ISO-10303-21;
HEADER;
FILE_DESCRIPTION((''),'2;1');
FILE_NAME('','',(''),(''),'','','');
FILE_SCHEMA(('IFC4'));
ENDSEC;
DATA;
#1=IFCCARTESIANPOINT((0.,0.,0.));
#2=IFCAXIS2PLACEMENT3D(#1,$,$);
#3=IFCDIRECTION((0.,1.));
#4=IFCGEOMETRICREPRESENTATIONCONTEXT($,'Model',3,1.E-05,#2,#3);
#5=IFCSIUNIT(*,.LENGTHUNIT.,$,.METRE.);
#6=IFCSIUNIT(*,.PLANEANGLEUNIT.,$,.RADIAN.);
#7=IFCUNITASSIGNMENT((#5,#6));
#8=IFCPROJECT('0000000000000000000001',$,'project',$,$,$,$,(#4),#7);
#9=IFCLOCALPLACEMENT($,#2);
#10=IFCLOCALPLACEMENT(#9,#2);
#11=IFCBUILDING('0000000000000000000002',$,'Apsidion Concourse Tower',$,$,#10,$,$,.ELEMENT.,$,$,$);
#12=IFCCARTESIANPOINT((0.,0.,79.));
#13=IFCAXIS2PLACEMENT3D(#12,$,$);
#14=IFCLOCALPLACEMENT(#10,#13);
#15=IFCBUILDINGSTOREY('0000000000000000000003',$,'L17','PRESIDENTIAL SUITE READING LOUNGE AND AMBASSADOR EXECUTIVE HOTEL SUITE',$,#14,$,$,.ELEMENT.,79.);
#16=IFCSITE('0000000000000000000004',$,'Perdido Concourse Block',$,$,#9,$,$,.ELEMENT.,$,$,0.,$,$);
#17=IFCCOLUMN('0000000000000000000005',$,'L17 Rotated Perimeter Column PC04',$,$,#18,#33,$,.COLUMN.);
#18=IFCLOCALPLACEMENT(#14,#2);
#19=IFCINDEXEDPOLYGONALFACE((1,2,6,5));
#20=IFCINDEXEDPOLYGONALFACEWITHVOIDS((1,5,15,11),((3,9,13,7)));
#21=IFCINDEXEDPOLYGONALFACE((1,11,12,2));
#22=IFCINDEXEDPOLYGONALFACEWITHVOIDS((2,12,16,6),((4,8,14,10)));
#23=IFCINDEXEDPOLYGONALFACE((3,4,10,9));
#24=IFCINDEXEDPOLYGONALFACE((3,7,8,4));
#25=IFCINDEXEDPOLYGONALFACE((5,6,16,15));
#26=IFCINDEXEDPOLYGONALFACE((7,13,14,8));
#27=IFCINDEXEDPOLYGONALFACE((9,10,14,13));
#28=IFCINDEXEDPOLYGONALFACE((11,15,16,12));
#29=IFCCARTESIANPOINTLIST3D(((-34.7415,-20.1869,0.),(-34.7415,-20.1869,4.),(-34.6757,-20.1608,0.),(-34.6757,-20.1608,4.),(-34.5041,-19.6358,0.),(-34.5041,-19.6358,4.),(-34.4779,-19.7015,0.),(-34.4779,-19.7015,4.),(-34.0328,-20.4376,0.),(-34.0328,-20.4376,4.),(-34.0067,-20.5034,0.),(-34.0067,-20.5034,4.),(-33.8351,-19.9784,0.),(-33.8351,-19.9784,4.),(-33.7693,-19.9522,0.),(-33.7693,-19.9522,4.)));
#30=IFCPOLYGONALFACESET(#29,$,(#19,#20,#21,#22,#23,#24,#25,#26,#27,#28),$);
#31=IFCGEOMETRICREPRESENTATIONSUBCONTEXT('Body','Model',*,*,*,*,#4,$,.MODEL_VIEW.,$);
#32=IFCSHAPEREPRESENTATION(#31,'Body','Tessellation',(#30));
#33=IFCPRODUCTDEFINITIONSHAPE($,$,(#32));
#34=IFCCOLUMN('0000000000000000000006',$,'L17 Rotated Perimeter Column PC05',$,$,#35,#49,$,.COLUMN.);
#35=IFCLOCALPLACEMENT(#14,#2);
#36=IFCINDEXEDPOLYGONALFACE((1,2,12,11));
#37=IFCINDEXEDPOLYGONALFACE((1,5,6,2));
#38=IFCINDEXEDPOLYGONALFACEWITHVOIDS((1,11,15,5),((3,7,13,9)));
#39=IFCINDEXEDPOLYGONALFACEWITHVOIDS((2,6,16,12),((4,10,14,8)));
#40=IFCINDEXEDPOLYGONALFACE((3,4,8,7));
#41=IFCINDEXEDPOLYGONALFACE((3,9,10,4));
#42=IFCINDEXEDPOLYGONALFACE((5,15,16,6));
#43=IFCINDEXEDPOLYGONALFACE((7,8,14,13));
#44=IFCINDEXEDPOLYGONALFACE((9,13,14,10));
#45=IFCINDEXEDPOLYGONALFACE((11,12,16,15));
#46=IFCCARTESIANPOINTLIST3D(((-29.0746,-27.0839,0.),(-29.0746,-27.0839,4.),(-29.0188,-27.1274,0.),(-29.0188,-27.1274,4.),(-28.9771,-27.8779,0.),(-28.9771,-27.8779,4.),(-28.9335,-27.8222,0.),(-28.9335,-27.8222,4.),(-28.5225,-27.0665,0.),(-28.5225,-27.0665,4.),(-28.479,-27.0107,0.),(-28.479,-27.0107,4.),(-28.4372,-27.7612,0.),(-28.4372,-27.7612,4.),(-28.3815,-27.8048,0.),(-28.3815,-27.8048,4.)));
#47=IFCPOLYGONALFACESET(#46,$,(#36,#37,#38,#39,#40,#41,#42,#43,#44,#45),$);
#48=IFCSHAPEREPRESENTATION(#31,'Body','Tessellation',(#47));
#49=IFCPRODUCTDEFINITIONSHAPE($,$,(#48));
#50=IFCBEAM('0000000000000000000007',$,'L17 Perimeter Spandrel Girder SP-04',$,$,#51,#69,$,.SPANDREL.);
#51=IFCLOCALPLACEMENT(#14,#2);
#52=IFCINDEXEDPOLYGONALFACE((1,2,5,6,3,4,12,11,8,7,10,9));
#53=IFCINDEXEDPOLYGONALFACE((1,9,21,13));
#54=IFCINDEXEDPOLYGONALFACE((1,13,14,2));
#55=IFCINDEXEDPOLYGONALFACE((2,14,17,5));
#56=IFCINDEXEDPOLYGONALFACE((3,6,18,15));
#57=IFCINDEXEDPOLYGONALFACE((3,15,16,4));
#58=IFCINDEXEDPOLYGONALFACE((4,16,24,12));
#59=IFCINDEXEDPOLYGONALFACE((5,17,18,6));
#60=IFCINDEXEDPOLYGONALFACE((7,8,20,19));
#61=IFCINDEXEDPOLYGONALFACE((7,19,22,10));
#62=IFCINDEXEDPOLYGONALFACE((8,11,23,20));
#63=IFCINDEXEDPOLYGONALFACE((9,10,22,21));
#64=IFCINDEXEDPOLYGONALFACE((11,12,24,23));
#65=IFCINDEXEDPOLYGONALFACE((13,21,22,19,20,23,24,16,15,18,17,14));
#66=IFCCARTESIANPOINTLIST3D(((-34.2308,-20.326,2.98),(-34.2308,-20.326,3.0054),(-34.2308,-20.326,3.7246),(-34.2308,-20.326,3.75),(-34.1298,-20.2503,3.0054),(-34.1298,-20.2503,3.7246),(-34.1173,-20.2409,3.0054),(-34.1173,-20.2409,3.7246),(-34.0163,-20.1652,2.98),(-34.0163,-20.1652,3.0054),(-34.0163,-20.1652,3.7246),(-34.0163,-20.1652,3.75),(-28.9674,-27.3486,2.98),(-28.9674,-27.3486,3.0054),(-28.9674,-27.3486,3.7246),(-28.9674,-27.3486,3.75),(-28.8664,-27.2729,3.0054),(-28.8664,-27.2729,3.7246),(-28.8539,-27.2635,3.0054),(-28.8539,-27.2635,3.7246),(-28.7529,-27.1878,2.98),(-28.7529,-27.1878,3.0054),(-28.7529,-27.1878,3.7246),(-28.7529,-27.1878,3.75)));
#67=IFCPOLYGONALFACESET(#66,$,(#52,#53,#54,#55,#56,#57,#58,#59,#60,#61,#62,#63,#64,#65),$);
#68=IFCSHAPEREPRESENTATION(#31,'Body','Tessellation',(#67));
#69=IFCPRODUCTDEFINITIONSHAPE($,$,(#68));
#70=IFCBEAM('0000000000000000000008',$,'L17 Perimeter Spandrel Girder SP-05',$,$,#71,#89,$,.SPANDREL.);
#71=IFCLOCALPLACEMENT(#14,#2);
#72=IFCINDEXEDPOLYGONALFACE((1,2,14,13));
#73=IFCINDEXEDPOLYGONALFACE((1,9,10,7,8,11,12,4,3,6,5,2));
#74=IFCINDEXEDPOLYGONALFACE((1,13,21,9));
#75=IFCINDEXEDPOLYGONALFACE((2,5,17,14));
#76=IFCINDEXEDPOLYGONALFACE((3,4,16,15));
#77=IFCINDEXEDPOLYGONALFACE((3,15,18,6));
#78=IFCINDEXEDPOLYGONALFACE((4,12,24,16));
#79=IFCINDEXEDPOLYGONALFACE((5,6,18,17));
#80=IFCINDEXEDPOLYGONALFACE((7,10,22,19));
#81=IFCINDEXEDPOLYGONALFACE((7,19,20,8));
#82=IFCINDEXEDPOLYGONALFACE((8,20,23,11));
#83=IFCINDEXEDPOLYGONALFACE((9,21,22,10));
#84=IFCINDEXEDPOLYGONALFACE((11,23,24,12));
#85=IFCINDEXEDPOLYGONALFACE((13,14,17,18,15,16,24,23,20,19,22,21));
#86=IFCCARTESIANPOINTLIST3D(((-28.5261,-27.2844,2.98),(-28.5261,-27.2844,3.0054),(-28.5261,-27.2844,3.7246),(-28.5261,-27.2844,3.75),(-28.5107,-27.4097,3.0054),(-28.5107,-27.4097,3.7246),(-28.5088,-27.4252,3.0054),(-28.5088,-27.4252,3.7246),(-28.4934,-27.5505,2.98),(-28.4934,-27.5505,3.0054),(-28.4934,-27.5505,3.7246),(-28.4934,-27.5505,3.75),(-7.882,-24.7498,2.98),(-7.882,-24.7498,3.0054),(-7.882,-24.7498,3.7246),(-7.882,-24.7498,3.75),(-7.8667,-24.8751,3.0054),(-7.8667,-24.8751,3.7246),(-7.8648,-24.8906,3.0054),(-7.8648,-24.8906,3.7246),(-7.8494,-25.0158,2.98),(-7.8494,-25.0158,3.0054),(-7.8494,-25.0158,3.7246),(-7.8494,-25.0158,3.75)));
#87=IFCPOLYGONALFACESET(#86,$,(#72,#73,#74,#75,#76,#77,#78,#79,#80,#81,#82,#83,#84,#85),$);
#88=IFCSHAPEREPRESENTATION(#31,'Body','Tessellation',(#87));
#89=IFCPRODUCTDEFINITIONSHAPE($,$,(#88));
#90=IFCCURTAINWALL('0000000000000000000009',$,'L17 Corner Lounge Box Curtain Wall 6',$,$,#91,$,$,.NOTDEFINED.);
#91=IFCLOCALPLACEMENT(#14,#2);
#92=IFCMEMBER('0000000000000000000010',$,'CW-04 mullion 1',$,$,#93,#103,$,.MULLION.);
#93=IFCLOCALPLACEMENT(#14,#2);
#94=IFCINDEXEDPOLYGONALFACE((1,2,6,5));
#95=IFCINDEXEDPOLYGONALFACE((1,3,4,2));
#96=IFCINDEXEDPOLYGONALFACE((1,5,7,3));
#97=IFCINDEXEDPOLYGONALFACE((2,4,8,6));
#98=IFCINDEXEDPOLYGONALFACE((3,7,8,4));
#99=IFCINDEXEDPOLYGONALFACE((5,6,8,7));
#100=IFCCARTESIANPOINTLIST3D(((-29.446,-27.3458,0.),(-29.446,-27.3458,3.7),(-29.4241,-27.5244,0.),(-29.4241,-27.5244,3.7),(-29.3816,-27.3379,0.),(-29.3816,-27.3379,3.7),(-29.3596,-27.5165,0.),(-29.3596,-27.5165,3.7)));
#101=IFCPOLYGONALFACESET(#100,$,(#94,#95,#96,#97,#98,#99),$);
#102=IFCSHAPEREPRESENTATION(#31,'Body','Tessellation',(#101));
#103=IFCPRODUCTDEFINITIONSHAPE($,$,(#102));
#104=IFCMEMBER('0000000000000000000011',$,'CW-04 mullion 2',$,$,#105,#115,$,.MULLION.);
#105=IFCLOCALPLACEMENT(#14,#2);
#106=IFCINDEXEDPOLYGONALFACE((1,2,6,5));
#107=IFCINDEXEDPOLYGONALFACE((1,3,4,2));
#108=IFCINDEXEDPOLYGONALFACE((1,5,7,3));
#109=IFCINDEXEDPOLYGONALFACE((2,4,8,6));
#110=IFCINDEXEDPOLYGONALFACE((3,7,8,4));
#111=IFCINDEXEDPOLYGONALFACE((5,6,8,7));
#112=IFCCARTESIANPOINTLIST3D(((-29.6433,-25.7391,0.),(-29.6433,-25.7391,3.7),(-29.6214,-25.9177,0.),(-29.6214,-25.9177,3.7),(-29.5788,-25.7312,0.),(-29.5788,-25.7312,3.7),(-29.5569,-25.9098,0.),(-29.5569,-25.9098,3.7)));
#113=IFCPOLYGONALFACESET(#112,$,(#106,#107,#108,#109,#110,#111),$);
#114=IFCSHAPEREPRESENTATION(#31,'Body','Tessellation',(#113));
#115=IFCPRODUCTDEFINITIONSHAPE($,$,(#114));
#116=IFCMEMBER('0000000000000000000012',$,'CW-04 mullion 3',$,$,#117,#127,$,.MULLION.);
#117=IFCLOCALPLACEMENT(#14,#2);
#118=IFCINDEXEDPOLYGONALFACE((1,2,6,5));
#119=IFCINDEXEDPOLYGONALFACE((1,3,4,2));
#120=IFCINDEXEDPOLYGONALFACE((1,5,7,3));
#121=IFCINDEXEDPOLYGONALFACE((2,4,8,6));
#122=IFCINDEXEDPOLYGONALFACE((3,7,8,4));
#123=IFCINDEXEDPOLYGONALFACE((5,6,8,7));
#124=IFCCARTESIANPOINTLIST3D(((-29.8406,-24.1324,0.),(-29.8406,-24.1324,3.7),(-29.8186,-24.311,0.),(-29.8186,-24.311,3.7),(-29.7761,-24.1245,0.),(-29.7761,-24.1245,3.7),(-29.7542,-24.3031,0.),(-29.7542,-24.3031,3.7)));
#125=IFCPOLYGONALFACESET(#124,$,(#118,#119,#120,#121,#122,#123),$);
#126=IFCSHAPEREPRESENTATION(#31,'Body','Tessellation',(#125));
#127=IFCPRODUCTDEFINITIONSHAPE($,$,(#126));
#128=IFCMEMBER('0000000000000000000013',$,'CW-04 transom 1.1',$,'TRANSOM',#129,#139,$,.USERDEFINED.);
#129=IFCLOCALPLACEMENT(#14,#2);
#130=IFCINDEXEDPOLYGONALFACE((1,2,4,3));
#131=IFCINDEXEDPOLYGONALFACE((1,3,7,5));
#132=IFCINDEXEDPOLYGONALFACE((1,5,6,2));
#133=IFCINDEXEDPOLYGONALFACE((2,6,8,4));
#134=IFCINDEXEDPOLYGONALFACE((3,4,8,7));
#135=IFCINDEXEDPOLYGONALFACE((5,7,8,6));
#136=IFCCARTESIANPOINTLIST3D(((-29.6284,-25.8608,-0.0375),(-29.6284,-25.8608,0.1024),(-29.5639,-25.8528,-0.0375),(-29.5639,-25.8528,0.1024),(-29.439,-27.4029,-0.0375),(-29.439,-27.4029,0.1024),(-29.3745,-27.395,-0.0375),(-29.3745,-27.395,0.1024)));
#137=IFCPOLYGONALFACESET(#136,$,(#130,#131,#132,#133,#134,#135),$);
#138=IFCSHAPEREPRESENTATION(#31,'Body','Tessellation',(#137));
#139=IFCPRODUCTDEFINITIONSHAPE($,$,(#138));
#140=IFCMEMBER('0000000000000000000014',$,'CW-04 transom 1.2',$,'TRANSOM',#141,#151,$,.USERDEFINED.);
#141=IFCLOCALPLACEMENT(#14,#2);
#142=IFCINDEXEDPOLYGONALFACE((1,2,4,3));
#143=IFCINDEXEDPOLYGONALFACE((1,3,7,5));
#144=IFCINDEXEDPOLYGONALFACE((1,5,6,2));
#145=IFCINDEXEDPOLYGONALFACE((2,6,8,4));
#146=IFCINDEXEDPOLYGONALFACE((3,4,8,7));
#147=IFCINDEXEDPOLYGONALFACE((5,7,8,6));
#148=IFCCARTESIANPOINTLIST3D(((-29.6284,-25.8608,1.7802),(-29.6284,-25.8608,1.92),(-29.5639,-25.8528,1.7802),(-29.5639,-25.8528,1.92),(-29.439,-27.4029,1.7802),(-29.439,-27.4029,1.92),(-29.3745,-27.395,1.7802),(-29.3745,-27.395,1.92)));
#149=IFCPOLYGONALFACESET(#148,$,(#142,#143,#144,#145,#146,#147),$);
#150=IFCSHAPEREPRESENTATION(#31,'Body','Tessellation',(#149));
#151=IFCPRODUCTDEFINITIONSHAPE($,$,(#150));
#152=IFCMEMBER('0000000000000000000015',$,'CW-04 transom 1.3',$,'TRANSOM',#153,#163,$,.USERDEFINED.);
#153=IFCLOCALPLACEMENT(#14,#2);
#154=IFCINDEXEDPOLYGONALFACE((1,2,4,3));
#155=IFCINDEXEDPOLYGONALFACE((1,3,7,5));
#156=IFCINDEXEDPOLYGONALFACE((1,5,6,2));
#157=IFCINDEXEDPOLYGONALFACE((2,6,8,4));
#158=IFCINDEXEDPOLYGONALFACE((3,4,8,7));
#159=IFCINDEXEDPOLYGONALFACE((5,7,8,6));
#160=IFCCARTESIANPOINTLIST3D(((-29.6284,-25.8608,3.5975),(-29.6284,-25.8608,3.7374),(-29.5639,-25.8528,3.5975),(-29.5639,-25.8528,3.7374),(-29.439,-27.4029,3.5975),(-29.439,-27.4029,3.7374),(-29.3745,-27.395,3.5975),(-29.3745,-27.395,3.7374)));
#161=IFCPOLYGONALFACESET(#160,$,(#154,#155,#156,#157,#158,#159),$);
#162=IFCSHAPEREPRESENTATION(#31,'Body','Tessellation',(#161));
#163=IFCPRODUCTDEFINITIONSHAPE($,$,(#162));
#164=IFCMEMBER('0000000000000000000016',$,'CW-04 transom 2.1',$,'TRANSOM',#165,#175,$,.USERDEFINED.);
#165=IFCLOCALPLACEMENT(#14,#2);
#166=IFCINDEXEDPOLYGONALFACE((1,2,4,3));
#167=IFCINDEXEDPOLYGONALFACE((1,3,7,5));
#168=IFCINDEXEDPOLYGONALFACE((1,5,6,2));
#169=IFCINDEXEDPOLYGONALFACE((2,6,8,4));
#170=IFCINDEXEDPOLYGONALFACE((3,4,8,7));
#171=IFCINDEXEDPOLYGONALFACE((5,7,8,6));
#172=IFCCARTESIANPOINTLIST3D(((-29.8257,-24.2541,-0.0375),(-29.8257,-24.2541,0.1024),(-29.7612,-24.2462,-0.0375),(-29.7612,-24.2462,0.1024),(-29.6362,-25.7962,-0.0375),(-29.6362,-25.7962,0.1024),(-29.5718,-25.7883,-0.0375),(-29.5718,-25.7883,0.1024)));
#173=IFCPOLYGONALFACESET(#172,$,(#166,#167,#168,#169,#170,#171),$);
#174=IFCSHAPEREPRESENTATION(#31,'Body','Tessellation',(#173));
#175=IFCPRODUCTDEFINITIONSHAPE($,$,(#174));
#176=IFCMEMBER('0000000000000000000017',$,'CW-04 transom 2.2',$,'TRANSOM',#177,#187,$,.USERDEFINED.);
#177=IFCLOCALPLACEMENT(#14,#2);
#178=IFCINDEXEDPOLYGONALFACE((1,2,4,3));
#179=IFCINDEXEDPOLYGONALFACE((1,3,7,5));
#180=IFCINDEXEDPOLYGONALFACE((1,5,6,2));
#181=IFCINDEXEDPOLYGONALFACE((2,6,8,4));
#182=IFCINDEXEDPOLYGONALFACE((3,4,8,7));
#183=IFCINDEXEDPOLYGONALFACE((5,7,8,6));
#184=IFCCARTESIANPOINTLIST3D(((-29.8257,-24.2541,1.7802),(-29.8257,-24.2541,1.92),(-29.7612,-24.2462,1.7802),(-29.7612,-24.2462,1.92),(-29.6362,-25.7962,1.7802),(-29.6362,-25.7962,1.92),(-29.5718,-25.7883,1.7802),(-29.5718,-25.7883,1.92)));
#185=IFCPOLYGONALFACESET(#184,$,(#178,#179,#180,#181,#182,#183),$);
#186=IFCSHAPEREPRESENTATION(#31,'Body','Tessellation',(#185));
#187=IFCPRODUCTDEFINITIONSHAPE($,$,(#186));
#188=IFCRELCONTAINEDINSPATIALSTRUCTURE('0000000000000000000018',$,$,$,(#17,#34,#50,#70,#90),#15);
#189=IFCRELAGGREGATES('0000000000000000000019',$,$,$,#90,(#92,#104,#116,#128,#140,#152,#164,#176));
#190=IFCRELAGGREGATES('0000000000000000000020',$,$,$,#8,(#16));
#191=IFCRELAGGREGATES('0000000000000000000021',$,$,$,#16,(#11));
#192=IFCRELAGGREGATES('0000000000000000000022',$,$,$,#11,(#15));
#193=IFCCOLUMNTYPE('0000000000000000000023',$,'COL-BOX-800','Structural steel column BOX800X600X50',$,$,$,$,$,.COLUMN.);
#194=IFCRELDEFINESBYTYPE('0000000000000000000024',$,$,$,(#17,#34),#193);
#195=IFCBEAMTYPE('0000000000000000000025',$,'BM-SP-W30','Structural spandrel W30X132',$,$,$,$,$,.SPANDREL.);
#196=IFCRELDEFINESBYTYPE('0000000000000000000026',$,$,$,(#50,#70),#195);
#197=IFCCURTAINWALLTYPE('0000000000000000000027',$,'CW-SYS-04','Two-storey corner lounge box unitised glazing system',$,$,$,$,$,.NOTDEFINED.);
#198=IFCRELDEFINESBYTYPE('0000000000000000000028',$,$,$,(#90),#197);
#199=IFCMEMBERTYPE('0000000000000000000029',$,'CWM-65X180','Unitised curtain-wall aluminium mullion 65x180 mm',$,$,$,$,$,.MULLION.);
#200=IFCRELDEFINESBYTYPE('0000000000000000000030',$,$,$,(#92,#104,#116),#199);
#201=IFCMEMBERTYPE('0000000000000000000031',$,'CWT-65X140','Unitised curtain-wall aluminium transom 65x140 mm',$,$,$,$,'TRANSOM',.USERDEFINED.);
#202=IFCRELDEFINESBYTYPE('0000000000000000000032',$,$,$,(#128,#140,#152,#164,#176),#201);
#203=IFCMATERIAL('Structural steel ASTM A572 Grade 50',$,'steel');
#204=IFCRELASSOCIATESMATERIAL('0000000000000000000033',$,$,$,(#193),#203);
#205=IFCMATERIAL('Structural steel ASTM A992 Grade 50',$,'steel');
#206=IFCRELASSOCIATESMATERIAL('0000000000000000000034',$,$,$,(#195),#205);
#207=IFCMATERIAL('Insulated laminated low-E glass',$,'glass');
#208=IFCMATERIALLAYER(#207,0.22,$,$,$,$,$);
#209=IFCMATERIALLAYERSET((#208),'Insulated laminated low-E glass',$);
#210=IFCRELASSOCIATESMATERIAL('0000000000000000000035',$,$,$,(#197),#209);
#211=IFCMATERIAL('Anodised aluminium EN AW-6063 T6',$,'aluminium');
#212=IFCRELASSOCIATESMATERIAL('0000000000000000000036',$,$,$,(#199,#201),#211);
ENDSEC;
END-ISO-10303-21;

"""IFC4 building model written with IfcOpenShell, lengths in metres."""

from ifc_helpers import new_model, si_unit, direction, frame, origin, origin_2d, place, context, subcontext, project, spatial, rectangle, hollow_rectangle, i_section, extrude, material, layer, layer_set, material_profile, profile_set, type_object, element, aggregate, save


model = new_model("IFC4")

# Units and contexts
model_context = context("Model", 3, precision=1e-05, world=origin(), true_north=direction((0.0, 1.0)))
body_context = subcontext(model_context, "Body", "Model", "MODEL_VIEW")
ifc_project = project(units=[si_unit("LENGTHUNIT", "METRE"), si_unit("PLANEANGLEUNIT", "RADIAN")], contexts=[model_context])

# Site, building, storey
site_placement = place(None, origin())
site = spatial("IfcSite", under=ifc_project, at=site_placement, Name="Perdido Concourse Block", CompositionType="ELEMENT", RefElevation=0.0)
building_placement = place(site_placement, origin())
building = spatial("IfcBuilding", under=site, at=building_placement, Name="Apsidion Concourse Tower", CompositionType="ELEMENT")
storey_placement = place(building_placement, frame((0.0, 0.0, 79.0)))
storey = spatial("IfcBuildingStorey", under=building, at=storey_placement, Name="L17", Description="PRESIDENTIAL SUITE READING LOUNGE AND AMBASSADOR EXECUTIVE HOTEL SUITE", CompositionType="ELEMENT", Elevation=79.0)

# Columns
ifc_material_1 = material(Name="Structural steel ASTM A572 Grade 50", Category="steel")
ifc_material_profile_1 = material_profile(ifc_material_1, hollow_rectangle(XDim=0.6001, YDim=0.8, WallThickness=0.05, at=origin_2d()), Name="BOX800X600X50")
ifc_profile_set_1 = profile_set([ifc_material_profile_1], Name="Structural steel ASTM A572 Grade 50")
column_type = type_object("IfcColumnType", Name="COL-BOX-800", Description="Structural steel column BOX800X600X50", PredefinedType="COLUMN", material=ifc_profile_set_1)
for number, where, z_axis, x_axis, name in (
    (1, (-34.2554, -20.0696, 0.0), (0.0, 0.0, 1.0), (0.395546, 0.918446, 0.0), "L17 Rotated Perimeter Column PC04"),
    (2, (-28.728, -27.4443, 0.0), (0.0, 0.0, 1.0), (0.992546, 0.121869, 0.0), "L17 Rotated Perimeter Column PC05"),
):
    element("IfcColumn", number, at=place(storey_placement, frame(where, z_axis=z_axis, x_axis=x_axis)), inside=storey, type_object=column_type, Name=name, PredefinedType="COLUMN", context=body_context, shape_type="SweptSolid", body=[
        extrude(hollow_rectangle(XDim=0.6001, YDim=0.8, WallThickness=0.05, at=origin_2d()), origin(), (0.0, 0.0, 1.0), 4.0),
    ])

# Beams
ifc_material_2 = material(Name="Structural steel ASTM A992 Grade 50", Category="steel")
ifc_material_profile_2 = material_profile(ifc_material_2, i_section(OverallWidth=0.2681, OverallDepth=0.77, WebThickness=0.0156, FlangeThickness=0.0254, at=origin_2d()), Name="W30X132")
ifc_profile_set_2 = profile_set([ifc_material_profile_2], Name="Structural steel ASTM A992 Grade 50")
beam_type = type_object("IfcBeamType", Name="BM-SP-W30", Description="Structural spandrel W30X132", PredefinedType="SPANDREL", material=ifc_profile_set_2)
beam_1_placement = place(storey_placement, frame((-34.1235, -20.2456, 3.365), z_axis=(0.599737, -0.800197, 0.0), x_axis=(0.800197, 0.599737, 0.0)))
element("IfcBeam", 3, at=beam_1_placement, inside=storey, type_object=beam_type, Name="L17 Perimeter Spandrel Girder SP-04", PredefinedType="SPANDREL", context=body_context, shape_type="SweptSolid", body=[
    extrude(i_section(OverallWidth=0.2681, OverallDepth=0.77, WebThickness=0.0156, FlangeThickness=0.0254, at=origin_2d()), origin(), (0.0, 0.0, 1.0), 8.7761),
])
beam_2_placement = place(storey_placement, frame((-28.5098, -27.4175, 3.365), z_axis=(0.992547, 0.121865, 0.0), x_axis=(-0.121865, 0.992547, 0.0)))
element("IfcBeam", 4, at=beam_2_placement, inside=storey, type_object=beam_type, Name="L17 Perimeter Spandrel Girder SP-05", PredefinedType="SPANDREL", context=body_context, shape_type="SweptSolid", body=[
    extrude(i_section(OverallWidth=0.2681, OverallDepth=0.77, WebThickness=0.0156, FlangeThickness=0.0254, at=origin_2d()), origin(), (0.0, 0.0, 1.0), 20.7991),
])

# Curtain wall, members
ifc_material_3 = material(Name="Insulated laminated low-E glass", Category="glass")
ifc_layer_1 = layer(ifc_material_3, 0.22)
ifc_layer_set_1 = layer_set([ifc_layer_1], Name="Insulated laminated low-E glass")
curtain_wall_type = type_object("IfcCurtainWallType", Name="CW-SYS-04", Description="Two-storey corner lounge box unitised glazing system", PredefinedType="NOTDEFINED", material=ifc_layer_set_1)
curtain_wall_placement = place(storey_placement, origin())
curtain_wall = element("IfcCurtainWall", 5, at=curtain_wall_placement, inside=storey, type_object=curtain_wall_type, Name="L17 Corner Lounge Box Curtain Wall 6", PredefinedType="NOTDEFINED")
ifc_material_4 = material(Name="Anodised aluminium EN AW-6063 T6", Category="aluminium")
ifc_material_profile_3 = material_profile(ifc_material_4, rectangle(XDim=0.0649, YDim=0.1799, at=origin_2d()), Name="ALU MULLION 65x180")
ifc_profile_set_3 = profile_set([ifc_material_profile_3], Name="Anodised aluminium EN AW-6063 T6")
member_type_1 = type_object("IfcMemberType", Name="CWM-65X180", Description="Unitised curtain-wall aluminium mullion 65x180 mm", PredefinedType="MULLION", material=ifc_profile_set_3)
member_1_placement = place(storey_placement, frame((-29.4028, -27.4312, 0.0), z_axis=(0.0, 0.0, 1.0), x_axis=(-0.992545, -0.12188, 0.0)))
member_1 = element("IfcMember", 6, at=member_1_placement, type_object=member_type_1, Name="CW-04 mullion 1", PredefinedType="MULLION", context=body_context, shape_type="SweptSolid", body=[
    extrude(rectangle(XDim=0.0649, YDim=0.1799, at=origin_2d()), origin(), (0.0, 0.0, 1.0), 3.7),
])
member_2_placement = place(storey_placement, frame((-29.6001, -25.8245, 0.0), z_axis=(0.0, 0.0, 1.0), x_axis=(-0.992545, -0.12188, 0.0)))
member_2 = element("IfcMember", 7, at=member_2_placement, type_object=member_type_1, Name="CW-04 mullion 2", PredefinedType="MULLION", context=body_context, shape_type="SweptSolid", body=[
    extrude(rectangle(XDim=0.0649, YDim=0.1799, at=origin_2d()), origin(), (0.0, 0.0, 1.0), 3.7),
])
member_3_placement = place(storey_placement, frame((-29.7974, -24.2178, 0.0), z_axis=(0.0, 0.0, 1.0), x_axis=(-0.992545, -0.12188, 0.0)))
member_3 = element("IfcMember", 8, at=member_3_placement, type_object=member_type_1, Name="CW-04 mullion 3", PredefinedType="MULLION", context=body_context, shape_type="SweptSolid", body=[
    extrude(rectangle(XDim=0.0649, YDim=0.1799, at=origin_2d()), origin(), (0.0, 0.0, 1.0), 3.7),
])
ifc_material_profile_4 = material_profile(ifc_material_4, rectangle(XDim=0.0649, YDim=0.1399, at=origin_2d()), Name="ALU TRANSOM 65x140")
ifc_profile_set_4 = profile_set([ifc_material_profile_4], Name="Anodised aluminium EN AW-6063 T6")
member_type_2 = type_object("IfcMemberType", Name="CWT-65X140", Description="Unitised curtain-wall aluminium transom 65x140 mm", ElementType="TRANSOM", PredefinedType="USERDEFINED", material=ifc_profile_set_4)
member_4_placement = place(storey_placement, frame((-29.4067, -27.3989, 0.0325), z_axis=(-0.121927, 0.992539, 0.0), x_axis=(-0.992539, -0.121927, 0.0)))
member_4 = element("IfcMember", 9, at=member_4_placement, type_object=member_type_2, Name="CW-04 transom 1.1", ObjectType="TRANSOM", PredefinedType="USERDEFINED", context=body_context, shape_type="SweptSolid", body=[
    extrude(rectangle(XDim=0.0649, YDim=0.1399, at=origin_2d()), origin(), (0.0, 0.0, 1.0), 1.5537),
])
member_5_placement = place(storey_placement, frame((-29.4067, -27.3989, 1.8501), z_axis=(-0.121927, 0.992539, 0.0), x_axis=(-0.992539, -0.121927, 0.0)))
member_5 = element("IfcMember", 10, at=member_5_placement, type_object=member_type_2, Name="CW-04 transom 1.2", ObjectType="TRANSOM", PredefinedType="USERDEFINED", context=body_context, shape_type="SweptSolid", body=[
    extrude(rectangle(XDim=0.0649, YDim=0.1399, at=origin_2d()), origin(), (0.0, 0.0, 1.0), 1.5537),
])
member_6_placement = place(storey_placement, frame((-29.4067, -27.3989, 3.6675), z_axis=(-0.121927, 0.992539, 0.0), x_axis=(-0.992539, -0.121927, 0.0)))
member_6 = element("IfcMember", 11, at=member_6_placement, type_object=member_type_2, Name="CW-04 transom 1.3", ObjectType="TRANSOM", PredefinedType="USERDEFINED", context=body_context, shape_type="SweptSolid", body=[
    extrude(rectangle(XDim=0.0649, YDim=0.1399, at=origin_2d()), origin(), (0.0, 0.0, 1.0), 1.5537),
])
member_7_placement = place(storey_placement, frame((-29.604, -25.7922, 0.0325), z_axis=(-0.121927, 0.992539, 0.0), x_axis=(-0.992539, -0.121927, 0.0)))
member_7 = element("IfcMember", 12, at=member_7_placement, type_object=member_type_2, Name="CW-04 transom 2.1", ObjectType="TRANSOM", PredefinedType="USERDEFINED", context=body_context, shape_type="SweptSolid", body=[
    extrude(rectangle(XDim=0.0649, YDim=0.1399, at=origin_2d()), origin(), (0.0, 0.0, 1.0), 1.5537),
])
member_8_placement = place(storey_placement, frame((-29.604, -25.7922, 1.8501), z_axis=(-0.121927, 0.992539, 0.0), x_axis=(-0.992539, -0.121927, 0.0)))
member_8 = element("IfcMember", 13, at=member_8_placement, type_object=member_type_2, Name="CW-04 transom 2.2", ObjectType="TRANSOM", PredefinedType="USERDEFINED", context=body_context, shape_type="SweptSolid", body=[
    extrude(rectangle(XDim=0.0649, YDim=0.1399, at=origin_2d()), origin(), (0.0, 0.0, 1.0), 1.5537),
])
aggregate(curtain_wall, [member_1, member_2, member_3, member_4, member_5, member_6, member_7, member_8])

save(model, "model.ifc")
